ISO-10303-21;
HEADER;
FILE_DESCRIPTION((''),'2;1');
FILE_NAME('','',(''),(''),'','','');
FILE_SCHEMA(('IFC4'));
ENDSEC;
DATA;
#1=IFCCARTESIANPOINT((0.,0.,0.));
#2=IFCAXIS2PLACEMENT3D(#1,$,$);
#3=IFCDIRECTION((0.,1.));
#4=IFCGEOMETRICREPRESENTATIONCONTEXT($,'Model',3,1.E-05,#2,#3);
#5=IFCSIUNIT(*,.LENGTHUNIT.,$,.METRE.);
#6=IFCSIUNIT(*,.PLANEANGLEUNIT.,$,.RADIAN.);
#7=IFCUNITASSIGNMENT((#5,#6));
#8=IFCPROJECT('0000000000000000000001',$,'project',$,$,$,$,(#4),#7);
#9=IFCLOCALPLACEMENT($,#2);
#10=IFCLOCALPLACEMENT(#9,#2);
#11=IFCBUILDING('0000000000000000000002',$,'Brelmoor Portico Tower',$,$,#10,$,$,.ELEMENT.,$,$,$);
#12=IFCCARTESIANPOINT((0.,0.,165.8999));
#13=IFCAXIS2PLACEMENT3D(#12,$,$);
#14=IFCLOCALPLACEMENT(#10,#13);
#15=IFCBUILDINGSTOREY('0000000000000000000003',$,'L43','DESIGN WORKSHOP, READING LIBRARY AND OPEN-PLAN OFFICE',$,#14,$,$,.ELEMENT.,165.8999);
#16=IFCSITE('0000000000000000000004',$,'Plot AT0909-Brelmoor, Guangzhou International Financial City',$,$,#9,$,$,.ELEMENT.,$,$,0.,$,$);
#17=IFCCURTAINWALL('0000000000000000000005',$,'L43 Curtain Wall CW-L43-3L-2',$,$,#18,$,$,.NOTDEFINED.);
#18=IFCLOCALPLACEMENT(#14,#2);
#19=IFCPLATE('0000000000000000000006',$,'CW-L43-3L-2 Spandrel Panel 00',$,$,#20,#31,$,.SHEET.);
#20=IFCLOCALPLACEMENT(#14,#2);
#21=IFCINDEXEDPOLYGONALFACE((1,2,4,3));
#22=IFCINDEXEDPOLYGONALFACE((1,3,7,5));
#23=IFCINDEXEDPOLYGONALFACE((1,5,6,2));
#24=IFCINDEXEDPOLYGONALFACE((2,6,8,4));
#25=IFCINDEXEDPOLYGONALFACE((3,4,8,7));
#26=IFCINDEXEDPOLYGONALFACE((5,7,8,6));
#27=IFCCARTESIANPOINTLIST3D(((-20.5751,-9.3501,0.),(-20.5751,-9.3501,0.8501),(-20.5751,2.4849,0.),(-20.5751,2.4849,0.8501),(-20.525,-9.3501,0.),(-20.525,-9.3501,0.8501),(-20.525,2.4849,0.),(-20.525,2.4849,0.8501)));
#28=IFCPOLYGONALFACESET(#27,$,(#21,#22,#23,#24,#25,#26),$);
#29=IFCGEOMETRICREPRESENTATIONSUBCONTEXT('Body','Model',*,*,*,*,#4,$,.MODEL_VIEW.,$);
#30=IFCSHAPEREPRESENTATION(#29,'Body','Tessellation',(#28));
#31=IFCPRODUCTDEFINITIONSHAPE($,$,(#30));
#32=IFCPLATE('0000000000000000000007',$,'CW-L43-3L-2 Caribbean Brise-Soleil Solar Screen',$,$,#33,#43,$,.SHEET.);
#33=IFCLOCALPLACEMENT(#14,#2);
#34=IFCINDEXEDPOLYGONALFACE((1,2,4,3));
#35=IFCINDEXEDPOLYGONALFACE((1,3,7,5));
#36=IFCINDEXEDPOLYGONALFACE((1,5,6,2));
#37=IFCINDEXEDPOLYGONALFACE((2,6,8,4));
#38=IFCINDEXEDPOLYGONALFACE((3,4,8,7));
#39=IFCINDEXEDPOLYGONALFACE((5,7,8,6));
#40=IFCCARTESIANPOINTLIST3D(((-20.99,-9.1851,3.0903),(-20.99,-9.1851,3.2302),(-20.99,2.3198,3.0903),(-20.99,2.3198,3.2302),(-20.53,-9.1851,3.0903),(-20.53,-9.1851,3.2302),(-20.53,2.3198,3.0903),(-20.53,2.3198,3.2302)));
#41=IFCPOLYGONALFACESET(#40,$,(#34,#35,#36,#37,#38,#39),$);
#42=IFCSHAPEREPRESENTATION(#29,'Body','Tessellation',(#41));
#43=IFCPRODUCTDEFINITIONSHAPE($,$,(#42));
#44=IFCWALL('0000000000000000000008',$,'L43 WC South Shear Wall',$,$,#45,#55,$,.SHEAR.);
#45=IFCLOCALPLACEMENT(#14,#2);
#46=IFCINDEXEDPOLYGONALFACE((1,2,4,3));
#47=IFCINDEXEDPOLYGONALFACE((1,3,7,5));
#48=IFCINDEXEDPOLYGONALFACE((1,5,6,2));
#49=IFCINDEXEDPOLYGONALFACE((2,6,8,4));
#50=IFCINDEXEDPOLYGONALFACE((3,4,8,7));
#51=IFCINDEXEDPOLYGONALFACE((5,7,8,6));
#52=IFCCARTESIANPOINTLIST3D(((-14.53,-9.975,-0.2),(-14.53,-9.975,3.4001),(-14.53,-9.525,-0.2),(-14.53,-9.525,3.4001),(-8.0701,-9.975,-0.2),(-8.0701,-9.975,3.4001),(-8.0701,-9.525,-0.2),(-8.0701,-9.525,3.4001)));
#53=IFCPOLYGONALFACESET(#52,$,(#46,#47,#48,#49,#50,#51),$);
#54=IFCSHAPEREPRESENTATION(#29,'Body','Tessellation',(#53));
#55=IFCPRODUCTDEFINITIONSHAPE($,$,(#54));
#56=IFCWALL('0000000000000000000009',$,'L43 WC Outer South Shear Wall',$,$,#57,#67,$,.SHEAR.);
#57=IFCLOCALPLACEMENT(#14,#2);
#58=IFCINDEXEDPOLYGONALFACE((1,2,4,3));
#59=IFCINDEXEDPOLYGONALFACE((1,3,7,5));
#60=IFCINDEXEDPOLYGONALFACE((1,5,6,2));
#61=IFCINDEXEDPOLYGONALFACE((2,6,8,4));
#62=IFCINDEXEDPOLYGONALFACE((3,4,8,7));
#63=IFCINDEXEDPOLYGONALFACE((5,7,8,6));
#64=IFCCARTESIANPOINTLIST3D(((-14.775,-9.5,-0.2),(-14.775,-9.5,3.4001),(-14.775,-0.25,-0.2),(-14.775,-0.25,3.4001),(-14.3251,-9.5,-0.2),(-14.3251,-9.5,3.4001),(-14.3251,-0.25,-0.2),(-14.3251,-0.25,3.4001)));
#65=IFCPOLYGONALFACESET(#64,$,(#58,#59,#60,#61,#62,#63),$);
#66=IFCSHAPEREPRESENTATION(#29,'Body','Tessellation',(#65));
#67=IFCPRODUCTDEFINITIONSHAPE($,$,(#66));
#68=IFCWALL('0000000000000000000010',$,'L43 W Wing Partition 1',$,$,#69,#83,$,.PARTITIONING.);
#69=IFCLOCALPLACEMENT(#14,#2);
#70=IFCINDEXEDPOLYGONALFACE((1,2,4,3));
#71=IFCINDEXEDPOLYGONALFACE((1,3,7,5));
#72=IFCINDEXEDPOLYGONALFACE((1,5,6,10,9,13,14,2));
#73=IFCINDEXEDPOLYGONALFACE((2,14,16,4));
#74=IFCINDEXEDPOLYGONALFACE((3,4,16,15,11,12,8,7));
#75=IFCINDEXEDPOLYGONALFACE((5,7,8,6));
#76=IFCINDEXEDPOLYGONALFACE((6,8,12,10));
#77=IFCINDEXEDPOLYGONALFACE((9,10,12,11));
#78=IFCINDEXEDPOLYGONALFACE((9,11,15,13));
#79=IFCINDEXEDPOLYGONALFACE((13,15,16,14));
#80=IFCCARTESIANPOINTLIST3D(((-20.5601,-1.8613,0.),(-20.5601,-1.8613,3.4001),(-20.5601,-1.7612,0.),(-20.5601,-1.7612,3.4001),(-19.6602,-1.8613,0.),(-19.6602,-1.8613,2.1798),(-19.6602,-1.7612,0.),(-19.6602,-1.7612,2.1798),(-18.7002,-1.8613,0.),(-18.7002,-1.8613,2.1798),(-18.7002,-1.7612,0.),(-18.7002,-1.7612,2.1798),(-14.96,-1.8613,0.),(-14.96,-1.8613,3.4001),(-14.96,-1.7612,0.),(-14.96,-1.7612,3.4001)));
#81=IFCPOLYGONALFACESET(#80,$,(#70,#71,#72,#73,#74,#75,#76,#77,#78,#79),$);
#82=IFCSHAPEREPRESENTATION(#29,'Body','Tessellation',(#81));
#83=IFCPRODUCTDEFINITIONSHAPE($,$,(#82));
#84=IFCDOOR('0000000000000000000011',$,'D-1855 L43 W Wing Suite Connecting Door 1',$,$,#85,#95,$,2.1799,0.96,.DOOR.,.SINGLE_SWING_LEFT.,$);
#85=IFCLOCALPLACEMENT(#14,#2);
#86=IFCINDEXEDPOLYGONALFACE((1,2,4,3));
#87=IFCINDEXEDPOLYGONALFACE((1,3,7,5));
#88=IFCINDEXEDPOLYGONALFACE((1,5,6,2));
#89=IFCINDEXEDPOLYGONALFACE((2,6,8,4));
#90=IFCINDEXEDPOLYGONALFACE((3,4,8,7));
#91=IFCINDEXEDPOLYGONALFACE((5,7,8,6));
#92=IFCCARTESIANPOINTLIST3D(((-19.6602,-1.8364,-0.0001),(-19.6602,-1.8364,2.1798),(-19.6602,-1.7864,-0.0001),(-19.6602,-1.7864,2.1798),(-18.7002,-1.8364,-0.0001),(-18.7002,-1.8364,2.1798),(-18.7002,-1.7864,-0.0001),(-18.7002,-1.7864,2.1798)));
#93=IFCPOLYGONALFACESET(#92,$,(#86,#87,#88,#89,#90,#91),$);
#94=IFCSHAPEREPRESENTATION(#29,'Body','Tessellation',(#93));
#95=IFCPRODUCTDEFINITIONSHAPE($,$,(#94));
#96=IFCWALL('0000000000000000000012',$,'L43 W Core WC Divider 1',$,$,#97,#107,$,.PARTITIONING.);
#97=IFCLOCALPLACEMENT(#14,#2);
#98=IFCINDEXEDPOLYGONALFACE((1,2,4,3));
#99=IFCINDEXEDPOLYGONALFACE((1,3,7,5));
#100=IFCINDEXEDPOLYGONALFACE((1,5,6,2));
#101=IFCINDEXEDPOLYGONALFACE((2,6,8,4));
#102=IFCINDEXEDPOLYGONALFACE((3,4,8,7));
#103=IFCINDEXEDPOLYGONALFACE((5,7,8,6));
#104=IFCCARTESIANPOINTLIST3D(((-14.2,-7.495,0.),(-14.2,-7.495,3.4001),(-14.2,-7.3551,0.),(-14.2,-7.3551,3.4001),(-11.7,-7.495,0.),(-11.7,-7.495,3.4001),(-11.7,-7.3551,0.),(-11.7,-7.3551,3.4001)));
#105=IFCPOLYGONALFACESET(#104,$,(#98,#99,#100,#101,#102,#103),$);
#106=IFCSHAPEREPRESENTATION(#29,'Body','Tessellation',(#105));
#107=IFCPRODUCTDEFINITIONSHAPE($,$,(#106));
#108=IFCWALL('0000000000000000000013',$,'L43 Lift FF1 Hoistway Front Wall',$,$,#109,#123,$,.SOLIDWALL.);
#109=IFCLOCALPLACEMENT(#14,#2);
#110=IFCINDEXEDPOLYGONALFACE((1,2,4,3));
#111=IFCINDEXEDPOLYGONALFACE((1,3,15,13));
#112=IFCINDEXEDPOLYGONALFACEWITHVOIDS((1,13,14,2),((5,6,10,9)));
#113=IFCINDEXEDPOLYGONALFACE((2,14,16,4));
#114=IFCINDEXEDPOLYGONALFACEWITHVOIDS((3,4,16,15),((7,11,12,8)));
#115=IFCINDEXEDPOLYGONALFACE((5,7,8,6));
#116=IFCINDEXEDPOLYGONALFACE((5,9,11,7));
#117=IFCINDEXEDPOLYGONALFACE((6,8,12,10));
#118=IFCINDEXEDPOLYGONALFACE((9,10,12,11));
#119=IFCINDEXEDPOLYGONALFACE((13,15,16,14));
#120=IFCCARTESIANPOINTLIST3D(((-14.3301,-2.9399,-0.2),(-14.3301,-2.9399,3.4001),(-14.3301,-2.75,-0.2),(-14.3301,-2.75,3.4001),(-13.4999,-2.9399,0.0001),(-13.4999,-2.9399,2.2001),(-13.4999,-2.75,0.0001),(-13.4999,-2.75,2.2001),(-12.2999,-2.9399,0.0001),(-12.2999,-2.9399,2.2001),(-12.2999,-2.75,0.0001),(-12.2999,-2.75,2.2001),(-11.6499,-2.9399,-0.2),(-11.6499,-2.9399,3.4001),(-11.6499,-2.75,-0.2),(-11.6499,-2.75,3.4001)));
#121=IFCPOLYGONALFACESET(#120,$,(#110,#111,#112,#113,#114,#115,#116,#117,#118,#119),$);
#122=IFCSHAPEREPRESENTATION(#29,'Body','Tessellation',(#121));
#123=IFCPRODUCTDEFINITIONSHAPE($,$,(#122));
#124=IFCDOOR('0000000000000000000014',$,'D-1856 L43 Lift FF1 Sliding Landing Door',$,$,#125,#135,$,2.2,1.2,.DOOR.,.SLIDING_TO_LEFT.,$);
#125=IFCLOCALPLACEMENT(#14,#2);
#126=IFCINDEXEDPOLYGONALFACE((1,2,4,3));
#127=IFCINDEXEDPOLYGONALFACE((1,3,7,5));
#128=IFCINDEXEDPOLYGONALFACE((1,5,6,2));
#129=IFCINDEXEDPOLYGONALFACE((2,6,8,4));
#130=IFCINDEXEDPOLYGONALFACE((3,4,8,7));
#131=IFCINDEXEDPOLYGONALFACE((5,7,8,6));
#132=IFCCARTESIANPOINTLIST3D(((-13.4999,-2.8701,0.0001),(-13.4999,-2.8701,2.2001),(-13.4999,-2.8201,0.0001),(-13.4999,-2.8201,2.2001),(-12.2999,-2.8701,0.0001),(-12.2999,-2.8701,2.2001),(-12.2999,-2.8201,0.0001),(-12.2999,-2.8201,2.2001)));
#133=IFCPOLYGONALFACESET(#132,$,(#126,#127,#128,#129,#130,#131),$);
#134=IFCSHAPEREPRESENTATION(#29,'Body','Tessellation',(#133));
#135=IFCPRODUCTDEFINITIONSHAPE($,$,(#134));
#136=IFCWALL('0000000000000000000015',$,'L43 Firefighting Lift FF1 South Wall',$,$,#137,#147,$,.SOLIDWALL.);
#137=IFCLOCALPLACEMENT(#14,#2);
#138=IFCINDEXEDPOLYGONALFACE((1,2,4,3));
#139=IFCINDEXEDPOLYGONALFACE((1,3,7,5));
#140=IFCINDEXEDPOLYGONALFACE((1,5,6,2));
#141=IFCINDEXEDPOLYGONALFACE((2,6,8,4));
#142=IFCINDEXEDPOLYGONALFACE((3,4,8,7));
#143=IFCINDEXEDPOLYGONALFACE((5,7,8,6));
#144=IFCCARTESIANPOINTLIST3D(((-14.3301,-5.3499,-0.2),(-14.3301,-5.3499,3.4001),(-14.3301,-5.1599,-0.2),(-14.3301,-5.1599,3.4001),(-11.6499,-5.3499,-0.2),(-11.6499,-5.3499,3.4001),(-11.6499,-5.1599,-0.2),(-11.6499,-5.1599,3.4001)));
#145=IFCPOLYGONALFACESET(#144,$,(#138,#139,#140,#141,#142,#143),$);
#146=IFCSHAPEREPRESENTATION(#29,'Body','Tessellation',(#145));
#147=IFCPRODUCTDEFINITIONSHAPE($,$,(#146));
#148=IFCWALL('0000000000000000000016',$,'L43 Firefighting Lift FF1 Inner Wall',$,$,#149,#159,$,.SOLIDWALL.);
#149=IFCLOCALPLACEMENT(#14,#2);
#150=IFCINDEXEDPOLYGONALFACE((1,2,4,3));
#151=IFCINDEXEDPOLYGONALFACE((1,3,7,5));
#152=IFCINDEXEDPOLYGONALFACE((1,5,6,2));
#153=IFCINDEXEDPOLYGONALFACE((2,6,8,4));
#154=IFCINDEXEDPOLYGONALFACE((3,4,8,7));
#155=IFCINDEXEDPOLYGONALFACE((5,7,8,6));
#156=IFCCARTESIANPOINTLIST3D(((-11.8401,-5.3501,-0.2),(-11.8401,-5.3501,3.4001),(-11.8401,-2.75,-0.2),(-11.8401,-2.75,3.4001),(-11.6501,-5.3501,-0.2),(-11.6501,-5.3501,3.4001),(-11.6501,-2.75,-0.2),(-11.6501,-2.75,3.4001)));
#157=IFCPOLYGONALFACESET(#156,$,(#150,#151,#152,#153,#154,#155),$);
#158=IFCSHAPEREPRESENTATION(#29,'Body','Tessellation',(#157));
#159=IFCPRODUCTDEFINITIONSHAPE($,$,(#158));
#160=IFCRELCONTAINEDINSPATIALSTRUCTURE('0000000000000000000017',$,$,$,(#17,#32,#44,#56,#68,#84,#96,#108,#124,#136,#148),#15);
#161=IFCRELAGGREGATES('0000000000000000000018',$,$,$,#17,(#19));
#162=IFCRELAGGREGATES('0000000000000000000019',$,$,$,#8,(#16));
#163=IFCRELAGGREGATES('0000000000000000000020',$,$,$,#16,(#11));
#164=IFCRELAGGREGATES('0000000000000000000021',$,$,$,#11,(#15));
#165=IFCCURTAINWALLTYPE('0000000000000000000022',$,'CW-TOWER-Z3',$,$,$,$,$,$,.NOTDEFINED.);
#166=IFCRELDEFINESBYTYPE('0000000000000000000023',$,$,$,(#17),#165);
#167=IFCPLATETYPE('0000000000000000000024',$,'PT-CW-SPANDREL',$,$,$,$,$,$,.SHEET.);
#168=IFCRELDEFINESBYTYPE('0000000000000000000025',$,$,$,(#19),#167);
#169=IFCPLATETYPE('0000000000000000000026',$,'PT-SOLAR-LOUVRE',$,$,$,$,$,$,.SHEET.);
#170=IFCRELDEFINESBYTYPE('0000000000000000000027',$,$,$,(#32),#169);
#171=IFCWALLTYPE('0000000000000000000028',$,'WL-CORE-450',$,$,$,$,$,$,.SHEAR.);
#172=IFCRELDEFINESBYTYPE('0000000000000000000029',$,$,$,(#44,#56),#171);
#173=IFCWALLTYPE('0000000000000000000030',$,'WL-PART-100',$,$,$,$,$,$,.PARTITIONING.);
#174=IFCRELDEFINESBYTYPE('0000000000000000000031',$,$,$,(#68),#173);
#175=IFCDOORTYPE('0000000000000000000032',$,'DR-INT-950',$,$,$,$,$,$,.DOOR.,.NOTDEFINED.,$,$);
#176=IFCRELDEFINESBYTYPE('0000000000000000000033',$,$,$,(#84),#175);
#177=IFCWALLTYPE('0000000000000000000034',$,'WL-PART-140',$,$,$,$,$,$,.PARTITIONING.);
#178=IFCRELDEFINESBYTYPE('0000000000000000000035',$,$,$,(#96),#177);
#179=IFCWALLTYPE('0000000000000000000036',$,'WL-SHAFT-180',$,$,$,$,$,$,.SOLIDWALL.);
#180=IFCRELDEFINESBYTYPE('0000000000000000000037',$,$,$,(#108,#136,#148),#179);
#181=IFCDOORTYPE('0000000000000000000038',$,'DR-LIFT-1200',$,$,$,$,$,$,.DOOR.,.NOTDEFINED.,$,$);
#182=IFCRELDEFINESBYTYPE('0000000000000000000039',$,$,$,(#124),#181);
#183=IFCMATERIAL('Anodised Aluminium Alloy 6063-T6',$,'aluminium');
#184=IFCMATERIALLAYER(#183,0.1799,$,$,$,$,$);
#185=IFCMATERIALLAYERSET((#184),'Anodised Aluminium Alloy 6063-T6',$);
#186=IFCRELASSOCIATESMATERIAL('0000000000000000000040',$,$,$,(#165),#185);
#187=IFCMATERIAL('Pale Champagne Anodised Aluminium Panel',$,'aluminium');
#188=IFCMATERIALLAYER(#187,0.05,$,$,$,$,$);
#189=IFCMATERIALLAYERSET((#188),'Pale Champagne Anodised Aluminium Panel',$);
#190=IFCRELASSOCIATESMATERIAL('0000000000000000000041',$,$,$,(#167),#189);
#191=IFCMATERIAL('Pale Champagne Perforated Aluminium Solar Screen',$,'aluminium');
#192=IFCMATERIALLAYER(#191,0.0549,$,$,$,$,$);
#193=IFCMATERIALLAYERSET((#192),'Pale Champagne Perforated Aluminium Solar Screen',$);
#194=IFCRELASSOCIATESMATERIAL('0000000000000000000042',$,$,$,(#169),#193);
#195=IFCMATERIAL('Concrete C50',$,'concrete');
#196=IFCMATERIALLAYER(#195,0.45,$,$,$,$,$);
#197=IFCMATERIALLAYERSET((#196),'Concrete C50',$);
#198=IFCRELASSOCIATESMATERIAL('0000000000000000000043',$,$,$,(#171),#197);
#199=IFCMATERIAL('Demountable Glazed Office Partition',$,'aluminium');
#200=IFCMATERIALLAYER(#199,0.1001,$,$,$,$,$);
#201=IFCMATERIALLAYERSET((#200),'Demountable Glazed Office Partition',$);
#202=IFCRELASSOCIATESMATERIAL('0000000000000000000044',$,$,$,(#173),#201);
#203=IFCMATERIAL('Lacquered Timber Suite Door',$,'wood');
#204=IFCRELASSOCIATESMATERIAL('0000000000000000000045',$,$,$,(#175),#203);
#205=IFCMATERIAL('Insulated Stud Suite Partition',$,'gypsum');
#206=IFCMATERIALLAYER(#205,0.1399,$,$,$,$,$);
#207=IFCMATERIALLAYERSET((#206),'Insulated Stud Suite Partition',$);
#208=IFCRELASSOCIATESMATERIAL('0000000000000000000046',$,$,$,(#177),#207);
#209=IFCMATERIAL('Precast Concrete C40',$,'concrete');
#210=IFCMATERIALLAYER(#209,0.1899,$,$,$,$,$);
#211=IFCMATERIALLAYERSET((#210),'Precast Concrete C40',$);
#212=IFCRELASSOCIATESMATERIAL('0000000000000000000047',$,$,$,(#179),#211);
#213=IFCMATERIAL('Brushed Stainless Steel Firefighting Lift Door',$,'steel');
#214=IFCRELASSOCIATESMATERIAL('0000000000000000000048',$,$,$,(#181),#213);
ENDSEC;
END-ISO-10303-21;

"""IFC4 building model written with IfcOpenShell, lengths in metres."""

from ifc_helpers import new_model, si_unit, direction, frame, frame_2d, origin, origin_2d, place, context, subcontext, project, spatial, rectangle, extrude, material, layer, layer_set, type_object, element, fill, aggregate, save


model = new_model("IFC4")

# Units and contexts
model_context = context("Model", 3, precision=1e-05, world=origin(), true_north=direction((0.0, 1.0)))
body_context = subcontext(model_context, "Body", "Model", "MODEL_VIEW")
ifc_project = project(units=[si_unit("LENGTHUNIT", "METRE"), si_unit("PLANEANGLEUNIT", "RADIAN")], contexts=[model_context])

# Site, building, storey
site_placement = place(None, origin())
site = spatial("IfcSite", under=ifc_project, at=site_placement, Name="Plot AT0909-Brelmoor, Guangzhou International Financial City", CompositionType="ELEMENT", RefElevation=0.0)
building_placement = place(site_placement, origin())
building = spatial("IfcBuilding", under=site, at=building_placement, Name="Brelmoor Portico Tower", CompositionType="ELEMENT")
storey_placement = place(building_placement, frame((0.0, 0.0, 165.8999)))
storey = spatial("IfcBuildingStorey", under=building, at=storey_placement, Name="L43", Description="DESIGN WORKSHOP, READING LIBRARY AND OPEN-PLAN OFFICE", CompositionType="ELEMENT", Elevation=165.8999)

# Curtain wall, plate
ifc_material_1 = material(Name="Anodised Aluminium Alloy 6063-T6", Category="aluminium")
ifc_layer_1 = layer(ifc_material_1, 0.1799)
ifc_layer_set_1 = layer_set([ifc_layer_1], Name="Anodised Aluminium Alloy 6063-T6")
curtain_wall_type = type_object("IfcCurtainWallType", Name="CW-TOWER-Z3", PredefinedType="NOTDEFINED", material=ifc_layer_set_1)
curtain_wall_placement = place(storey_placement, origin())
curtain_wall = element("IfcCurtainWall", 1, at=curtain_wall_placement, inside=storey, type_object=curtain_wall_type, Name="L43 Curtain Wall CW-L43-3L-2", PredefinedType="NOTDEFINED")
ifc_material_2 = material(Name="Pale Champagne Anodised Aluminium Panel", Category="aluminium")
ifc_layer_2 = layer(ifc_material_2, 0.05)
ifc_layer_set_2 = layer_set([ifc_layer_2], Name="Pale Champagne Anodised Aluminium Panel")
plate_type_1 = type_object("IfcPlateType", Name="PT-CW-SPANDREL", PredefinedType="SHEET", material=ifc_layer_set_2)
plate_1_placement = place(storey_placement, frame((-20.55, -3.4326, 0.0), z_axis=(0.0, 0.0, 1.0), x_axis=(0.0, 1.0, 0.0)))
plate_1 = element("IfcPlate", 2, at=plate_1_placement, type_object=plate_type_1, Name="CW-L43-3L-2 Spandrel Panel 00", PredefinedType="SHEET", context=body_context, shape_type="SweptSolid", body=[
    extrude(rectangle(XDim=11.835, YDim=0.05, at=origin_2d()), origin(), (0.0, 0.0, 1.0), 0.8501),
])
aggregate(curtain_wall, [plate_1])

# Plate
ifc_material_3 = material(Name="Pale Champagne Perforated Aluminium Solar Screen", Category="aluminium")
ifc_layer_3 = layer(ifc_material_3, 0.0549)
ifc_layer_set_3 = layer_set([ifc_layer_3], Name="Pale Champagne Perforated Aluminium Solar Screen")
plate_type_2 = type_object("IfcPlateType", Name="PT-SOLAR-LOUVRE", PredefinedType="SHEET", material=ifc_layer_set_3)
plate_2_placement = place(storey_placement, frame((-20.76, -3.4326, 3.0903), z_axis=(0.0, 0.0, 1.0), x_axis=(0.0, 1.0, 0.0)))
element("IfcPlate", 3, at=plate_2_placement, inside=storey, type_object=plate_type_2, Name="CW-L43-3L-2 Caribbean Brise-Soleil Solar Screen", PredefinedType="SHEET", context=body_context, shape_type="SweptSolid", body=[
    extrude(rectangle(XDim=11.5049, YDim=0.46, at=origin_2d()), origin(), (0.0, 0.0, 1.0), 0.1399),
])

# Walls
ifc_material_4 = material(Name="Concrete C50", Category="concrete")
ifc_layer_4 = layer(ifc_material_4, 0.45)
ifc_layer_set_4 = layer_set([ifc_layer_4], Name="Concrete C50")
wall_type_1 = type_object("IfcWallType", Name="WL-CORE-450", PredefinedType="SHEAR", material=ifc_layer_set_4)
wall_1_placement = place(storey_placement, frame((-14.53, -9.75, -0.2), z_axis=(0.0, 0.0, 1.0), x_axis=(1.0, 0.0, 0.0)))
element("IfcWall", 4, at=wall_1_placement, inside=storey, type_object=wall_type_1, Name="L43 WC South Shear Wall", PredefinedType="SHEAR", context=body_context, shape_type="SweptSolid", body=[
    extrude(rectangle(XDim=6.46, YDim=0.45, at=frame_2d((3.23, 0.0))), origin(), (0.0, 0.0, 1.0), 3.6001),
])
wall_2_placement = place(storey_placement, frame((-14.55, -9.5, -0.2), z_axis=(0.0, 0.0, 1.0), x_axis=(0.0, 1.0, 0.0)))
element("IfcWall", 5, at=wall_2_placement, inside=storey, type_object=wall_type_1, Name="L43 WC Outer South Shear Wall", PredefinedType="SHEAR", context=body_context, shape_type="SweptSolid", body=[
    extrude(rectangle(XDim=9.25, YDim=0.45, at=frame_2d((4.625, 0.0))), origin(), (0.0, 0.0, 1.0), 3.6001),
])

# Wall, opening, door
ifc_material_5 = material(Name="Demountable Glazed Office Partition", Category="aluminium")
ifc_layer_5 = layer(ifc_material_5, 0.1001)
ifc_layer_set_5 = layer_set([ifc_layer_5], Name="Demountable Glazed Office Partition")
wall_type_2 = type_object("IfcWallType", Name="WL-PART-100", PredefinedType="PARTITIONING", material=ifc_layer_set_5)
wall_3_placement = place(storey_placement, frame((-20.5601, -1.8113, 0.0), z_axis=(0.0, 0.0, 1.0), x_axis=(1.0, 0.0, 0.0)))
wall_3 = element("IfcWall", 6, at=wall_3_placement, inside=storey, type_object=wall_type_2, Name="L43 W Wing Partition 1", PredefinedType="PARTITIONING", context=body_context, shape_type="SweptSolid", body=[
    extrude(rectangle(XDim=5.6001, YDim=0.1001, at=frame_2d((2.8, 0.0))), origin(), (0.0, 0.0, 1.0), 3.4001),
])
opening_1_placement = place(wall_3_placement, frame((0.8999, 0.0, 0.0)))
opening_1 = element("IfcOpeningElement", 7, at=opening_1_placement, cuts=wall_3, PredefinedType="OPENING", context=body_context, shape_type="SweptSolid", body=[
    extrude(rectangle(XDim=0.96, YDim=2.1799, at=frame_2d((0.48, 1.0898))), frame((0.0, 0.0601, 0.0), z_axis=(0.0, -1.0, 0.0), x_axis=(1.0, 0.0, 0.0)), (0.0, 0.0, 1.0), 0.1201),
])
ifc_material_6 = material(Name="Lacquered Timber Suite Door", Category="wood")
door_type_1 = type_object("IfcDoorType", Name="DR-INT-950", OperationType="NOTDEFINED", PredefinedType="DOOR", material=ifc_material_6)
door_1_placement = place(opening_1_placement, origin())
door_1 = element("IfcDoor", 8, at=door_1_placement, inside=storey, type_object=door_type_1, Name="D-1855 L43 W Wing Suite Connecting Door 1", OperationType="SINGLE_SWING_LEFT", OverallHeight=2.1799, OverallWidth=0.96, PredefinedType="DOOR", context=body_context, shape_type="SweptSolid", body=[
    extrude(rectangle(XDim=0.96, YDim=2.1799, at=frame_2d((0.48, 1.0898))), frame((0.0, 0.0249, 0.0), z_axis=(0.0, -1.0, 0.0), x_axis=(1.0, 0.0, 0.0)), (0.0, 0.0, 1.0), 0.05),
])
fill(opening_1, door_1)

# Wall
ifc_material_7 = material(Name="Insulated Stud Suite Partition", Category="gypsum")
ifc_layer_6 = layer(ifc_material_7, 0.1399)
ifc_layer_set_6 = layer_set([ifc_layer_6], Name="Insulated Stud Suite Partition")
wall_type_3 = type_object("IfcWallType", Name="WL-PART-140", PredefinedType="PARTITIONING", material=ifc_layer_set_6)
wall_4_placement = place(storey_placement, frame((-11.7, -7.425, 0.0), z_axis=(0.0, 0.0, 1.0), x_axis=(-1.0, 0.0, 0.0)))
element("IfcWall", 9, at=wall_4_placement, inside=storey, type_object=wall_type_3, Name="L43 W Core WC Divider 1", PredefinedType="PARTITIONING", context=body_context, shape_type="SweptSolid", body=[
    extrude(rectangle(XDim=2.5, YDim=0.1399, at=frame_2d((1.25, 0.0))), origin(), (0.0, 0.0, 1.0), 3.4001),
])

# Wall, opening, door
ifc_material_8 = material(Name="Precast Concrete C40", Category="concrete")
ifc_layer_7 = layer(ifc_material_8, 0.1899)
ifc_layer_set_7 = layer_set([ifc_layer_7], Name="Precast Concrete C40")
wall_type_4 = type_object("IfcWallType", Name="WL-SHAFT-180", PredefinedType="SOLIDWALL", material=ifc_layer_set_7)
wall_5_placement = place(storey_placement, frame((-14.3301, -2.845, -0.2), z_axis=(0.0, 0.0, 1.0), x_axis=(1.0, 0.0, 0.0)))
wall_5 = element("IfcWall", 10, at=wall_5_placement, inside=storey, type_object=wall_type_4, Name="L43 Lift FF1 Hoistway Front Wall", PredefinedType="SOLIDWALL", context=body_context, shape_type="SweptSolid", body=[
    extrude(rectangle(XDim=2.6802, YDim=0.1899, at=frame_2d((1.3401, 0.0))), origin(), (0.0, 0.0, 1.0), 3.6001),
])
opening_2_placement = place(wall_5_placement, frame((0.8301, 0.0, 0.2)))
opening_2 = element("IfcOpeningElement", 11, at=opening_2_placement, cuts=wall_5, PredefinedType="OPENING", context=body_context, shape_type="SweptSolid", body=[
    extrude(rectangle(XDim=1.2, YDim=2.2, at=frame_2d((0.6001, 1.1001))), frame((0.0, 0.105, 0.0), z_axis=(0.0, -1.0, 0.0), x_axis=(1.0, 0.0, 0.0)), (0.0, 0.0, 1.0), 0.21),
])
ifc_material_9 = material(Name="Brushed Stainless Steel Firefighting Lift Door", Category="steel")
door_type_2 = type_object("IfcDoorType", Name="DR-LIFT-1200", OperationType="NOTDEFINED", PredefinedType="DOOR", material=ifc_material_9)
door_2_placement = place(opening_2_placement, origin())
door_2 = element("IfcDoor", 12, at=door_2_placement, inside=storey, type_object=door_type_2, Name="D-1856 L43 Lift FF1 Sliding Landing Door", OperationType="SLIDING_TO_LEFT", OverallHeight=2.2, OverallWidth=1.2, PredefinedType="DOOR", context=body_context, shape_type="SweptSolid", body=[
    extrude(rectangle(XDim=1.2, YDim=2.2, at=frame_2d((0.6001, 1.1001))), frame((0.0, 0.0249, 0.0), z_axis=(0.0, -1.0, 0.0), x_axis=(1.0, 0.0, 0.0)), (0.0, 0.0, 1.0), 0.05),
])
fill(opening_2, door_2)

# Walls
wall_6_placement = place(storey_placement, frame((-14.3301, -5.2549, -0.2), z_axis=(0.0, 0.0, 1.0), x_axis=(1.0, 0.0, 0.0)))
element("IfcWall", 13, at=wall_6_placement, inside=storey, type_object=wall_type_4, Name="L43 Firefighting Lift FF1 South Wall", PredefinedType="SOLIDWALL", context=body_context, shape_type="SweptSolid", body=[
    extrude(rectangle(XDim=2.6802, YDim=0.1899, at=frame_2d((1.3401, 0.0))), origin(), (0.0, 0.0, 1.0), 3.6001),
])
wall_7_placement = place(storey_placement, frame((-11.7451, -5.3501, -0.2), z_axis=(0.0, 0.0, 1.0), x_axis=(0.0, 1.0, 0.0)))
element("IfcWall", 14, at=wall_7_placement, inside=storey, type_object=wall_type_4, Name="L43 Firefighting Lift FF1 Inner Wall", PredefinedType="SOLIDWALL", context=body_context, shape_type="SweptSolid", body=[
    extrude(rectangle(XDim=2.6001, YDim=0.1899, at=frame_2d((1.3, 0.0))), origin(), (0.0, 0.0, 1.0), 3.6001),
])

save(model, "model.ifc")
